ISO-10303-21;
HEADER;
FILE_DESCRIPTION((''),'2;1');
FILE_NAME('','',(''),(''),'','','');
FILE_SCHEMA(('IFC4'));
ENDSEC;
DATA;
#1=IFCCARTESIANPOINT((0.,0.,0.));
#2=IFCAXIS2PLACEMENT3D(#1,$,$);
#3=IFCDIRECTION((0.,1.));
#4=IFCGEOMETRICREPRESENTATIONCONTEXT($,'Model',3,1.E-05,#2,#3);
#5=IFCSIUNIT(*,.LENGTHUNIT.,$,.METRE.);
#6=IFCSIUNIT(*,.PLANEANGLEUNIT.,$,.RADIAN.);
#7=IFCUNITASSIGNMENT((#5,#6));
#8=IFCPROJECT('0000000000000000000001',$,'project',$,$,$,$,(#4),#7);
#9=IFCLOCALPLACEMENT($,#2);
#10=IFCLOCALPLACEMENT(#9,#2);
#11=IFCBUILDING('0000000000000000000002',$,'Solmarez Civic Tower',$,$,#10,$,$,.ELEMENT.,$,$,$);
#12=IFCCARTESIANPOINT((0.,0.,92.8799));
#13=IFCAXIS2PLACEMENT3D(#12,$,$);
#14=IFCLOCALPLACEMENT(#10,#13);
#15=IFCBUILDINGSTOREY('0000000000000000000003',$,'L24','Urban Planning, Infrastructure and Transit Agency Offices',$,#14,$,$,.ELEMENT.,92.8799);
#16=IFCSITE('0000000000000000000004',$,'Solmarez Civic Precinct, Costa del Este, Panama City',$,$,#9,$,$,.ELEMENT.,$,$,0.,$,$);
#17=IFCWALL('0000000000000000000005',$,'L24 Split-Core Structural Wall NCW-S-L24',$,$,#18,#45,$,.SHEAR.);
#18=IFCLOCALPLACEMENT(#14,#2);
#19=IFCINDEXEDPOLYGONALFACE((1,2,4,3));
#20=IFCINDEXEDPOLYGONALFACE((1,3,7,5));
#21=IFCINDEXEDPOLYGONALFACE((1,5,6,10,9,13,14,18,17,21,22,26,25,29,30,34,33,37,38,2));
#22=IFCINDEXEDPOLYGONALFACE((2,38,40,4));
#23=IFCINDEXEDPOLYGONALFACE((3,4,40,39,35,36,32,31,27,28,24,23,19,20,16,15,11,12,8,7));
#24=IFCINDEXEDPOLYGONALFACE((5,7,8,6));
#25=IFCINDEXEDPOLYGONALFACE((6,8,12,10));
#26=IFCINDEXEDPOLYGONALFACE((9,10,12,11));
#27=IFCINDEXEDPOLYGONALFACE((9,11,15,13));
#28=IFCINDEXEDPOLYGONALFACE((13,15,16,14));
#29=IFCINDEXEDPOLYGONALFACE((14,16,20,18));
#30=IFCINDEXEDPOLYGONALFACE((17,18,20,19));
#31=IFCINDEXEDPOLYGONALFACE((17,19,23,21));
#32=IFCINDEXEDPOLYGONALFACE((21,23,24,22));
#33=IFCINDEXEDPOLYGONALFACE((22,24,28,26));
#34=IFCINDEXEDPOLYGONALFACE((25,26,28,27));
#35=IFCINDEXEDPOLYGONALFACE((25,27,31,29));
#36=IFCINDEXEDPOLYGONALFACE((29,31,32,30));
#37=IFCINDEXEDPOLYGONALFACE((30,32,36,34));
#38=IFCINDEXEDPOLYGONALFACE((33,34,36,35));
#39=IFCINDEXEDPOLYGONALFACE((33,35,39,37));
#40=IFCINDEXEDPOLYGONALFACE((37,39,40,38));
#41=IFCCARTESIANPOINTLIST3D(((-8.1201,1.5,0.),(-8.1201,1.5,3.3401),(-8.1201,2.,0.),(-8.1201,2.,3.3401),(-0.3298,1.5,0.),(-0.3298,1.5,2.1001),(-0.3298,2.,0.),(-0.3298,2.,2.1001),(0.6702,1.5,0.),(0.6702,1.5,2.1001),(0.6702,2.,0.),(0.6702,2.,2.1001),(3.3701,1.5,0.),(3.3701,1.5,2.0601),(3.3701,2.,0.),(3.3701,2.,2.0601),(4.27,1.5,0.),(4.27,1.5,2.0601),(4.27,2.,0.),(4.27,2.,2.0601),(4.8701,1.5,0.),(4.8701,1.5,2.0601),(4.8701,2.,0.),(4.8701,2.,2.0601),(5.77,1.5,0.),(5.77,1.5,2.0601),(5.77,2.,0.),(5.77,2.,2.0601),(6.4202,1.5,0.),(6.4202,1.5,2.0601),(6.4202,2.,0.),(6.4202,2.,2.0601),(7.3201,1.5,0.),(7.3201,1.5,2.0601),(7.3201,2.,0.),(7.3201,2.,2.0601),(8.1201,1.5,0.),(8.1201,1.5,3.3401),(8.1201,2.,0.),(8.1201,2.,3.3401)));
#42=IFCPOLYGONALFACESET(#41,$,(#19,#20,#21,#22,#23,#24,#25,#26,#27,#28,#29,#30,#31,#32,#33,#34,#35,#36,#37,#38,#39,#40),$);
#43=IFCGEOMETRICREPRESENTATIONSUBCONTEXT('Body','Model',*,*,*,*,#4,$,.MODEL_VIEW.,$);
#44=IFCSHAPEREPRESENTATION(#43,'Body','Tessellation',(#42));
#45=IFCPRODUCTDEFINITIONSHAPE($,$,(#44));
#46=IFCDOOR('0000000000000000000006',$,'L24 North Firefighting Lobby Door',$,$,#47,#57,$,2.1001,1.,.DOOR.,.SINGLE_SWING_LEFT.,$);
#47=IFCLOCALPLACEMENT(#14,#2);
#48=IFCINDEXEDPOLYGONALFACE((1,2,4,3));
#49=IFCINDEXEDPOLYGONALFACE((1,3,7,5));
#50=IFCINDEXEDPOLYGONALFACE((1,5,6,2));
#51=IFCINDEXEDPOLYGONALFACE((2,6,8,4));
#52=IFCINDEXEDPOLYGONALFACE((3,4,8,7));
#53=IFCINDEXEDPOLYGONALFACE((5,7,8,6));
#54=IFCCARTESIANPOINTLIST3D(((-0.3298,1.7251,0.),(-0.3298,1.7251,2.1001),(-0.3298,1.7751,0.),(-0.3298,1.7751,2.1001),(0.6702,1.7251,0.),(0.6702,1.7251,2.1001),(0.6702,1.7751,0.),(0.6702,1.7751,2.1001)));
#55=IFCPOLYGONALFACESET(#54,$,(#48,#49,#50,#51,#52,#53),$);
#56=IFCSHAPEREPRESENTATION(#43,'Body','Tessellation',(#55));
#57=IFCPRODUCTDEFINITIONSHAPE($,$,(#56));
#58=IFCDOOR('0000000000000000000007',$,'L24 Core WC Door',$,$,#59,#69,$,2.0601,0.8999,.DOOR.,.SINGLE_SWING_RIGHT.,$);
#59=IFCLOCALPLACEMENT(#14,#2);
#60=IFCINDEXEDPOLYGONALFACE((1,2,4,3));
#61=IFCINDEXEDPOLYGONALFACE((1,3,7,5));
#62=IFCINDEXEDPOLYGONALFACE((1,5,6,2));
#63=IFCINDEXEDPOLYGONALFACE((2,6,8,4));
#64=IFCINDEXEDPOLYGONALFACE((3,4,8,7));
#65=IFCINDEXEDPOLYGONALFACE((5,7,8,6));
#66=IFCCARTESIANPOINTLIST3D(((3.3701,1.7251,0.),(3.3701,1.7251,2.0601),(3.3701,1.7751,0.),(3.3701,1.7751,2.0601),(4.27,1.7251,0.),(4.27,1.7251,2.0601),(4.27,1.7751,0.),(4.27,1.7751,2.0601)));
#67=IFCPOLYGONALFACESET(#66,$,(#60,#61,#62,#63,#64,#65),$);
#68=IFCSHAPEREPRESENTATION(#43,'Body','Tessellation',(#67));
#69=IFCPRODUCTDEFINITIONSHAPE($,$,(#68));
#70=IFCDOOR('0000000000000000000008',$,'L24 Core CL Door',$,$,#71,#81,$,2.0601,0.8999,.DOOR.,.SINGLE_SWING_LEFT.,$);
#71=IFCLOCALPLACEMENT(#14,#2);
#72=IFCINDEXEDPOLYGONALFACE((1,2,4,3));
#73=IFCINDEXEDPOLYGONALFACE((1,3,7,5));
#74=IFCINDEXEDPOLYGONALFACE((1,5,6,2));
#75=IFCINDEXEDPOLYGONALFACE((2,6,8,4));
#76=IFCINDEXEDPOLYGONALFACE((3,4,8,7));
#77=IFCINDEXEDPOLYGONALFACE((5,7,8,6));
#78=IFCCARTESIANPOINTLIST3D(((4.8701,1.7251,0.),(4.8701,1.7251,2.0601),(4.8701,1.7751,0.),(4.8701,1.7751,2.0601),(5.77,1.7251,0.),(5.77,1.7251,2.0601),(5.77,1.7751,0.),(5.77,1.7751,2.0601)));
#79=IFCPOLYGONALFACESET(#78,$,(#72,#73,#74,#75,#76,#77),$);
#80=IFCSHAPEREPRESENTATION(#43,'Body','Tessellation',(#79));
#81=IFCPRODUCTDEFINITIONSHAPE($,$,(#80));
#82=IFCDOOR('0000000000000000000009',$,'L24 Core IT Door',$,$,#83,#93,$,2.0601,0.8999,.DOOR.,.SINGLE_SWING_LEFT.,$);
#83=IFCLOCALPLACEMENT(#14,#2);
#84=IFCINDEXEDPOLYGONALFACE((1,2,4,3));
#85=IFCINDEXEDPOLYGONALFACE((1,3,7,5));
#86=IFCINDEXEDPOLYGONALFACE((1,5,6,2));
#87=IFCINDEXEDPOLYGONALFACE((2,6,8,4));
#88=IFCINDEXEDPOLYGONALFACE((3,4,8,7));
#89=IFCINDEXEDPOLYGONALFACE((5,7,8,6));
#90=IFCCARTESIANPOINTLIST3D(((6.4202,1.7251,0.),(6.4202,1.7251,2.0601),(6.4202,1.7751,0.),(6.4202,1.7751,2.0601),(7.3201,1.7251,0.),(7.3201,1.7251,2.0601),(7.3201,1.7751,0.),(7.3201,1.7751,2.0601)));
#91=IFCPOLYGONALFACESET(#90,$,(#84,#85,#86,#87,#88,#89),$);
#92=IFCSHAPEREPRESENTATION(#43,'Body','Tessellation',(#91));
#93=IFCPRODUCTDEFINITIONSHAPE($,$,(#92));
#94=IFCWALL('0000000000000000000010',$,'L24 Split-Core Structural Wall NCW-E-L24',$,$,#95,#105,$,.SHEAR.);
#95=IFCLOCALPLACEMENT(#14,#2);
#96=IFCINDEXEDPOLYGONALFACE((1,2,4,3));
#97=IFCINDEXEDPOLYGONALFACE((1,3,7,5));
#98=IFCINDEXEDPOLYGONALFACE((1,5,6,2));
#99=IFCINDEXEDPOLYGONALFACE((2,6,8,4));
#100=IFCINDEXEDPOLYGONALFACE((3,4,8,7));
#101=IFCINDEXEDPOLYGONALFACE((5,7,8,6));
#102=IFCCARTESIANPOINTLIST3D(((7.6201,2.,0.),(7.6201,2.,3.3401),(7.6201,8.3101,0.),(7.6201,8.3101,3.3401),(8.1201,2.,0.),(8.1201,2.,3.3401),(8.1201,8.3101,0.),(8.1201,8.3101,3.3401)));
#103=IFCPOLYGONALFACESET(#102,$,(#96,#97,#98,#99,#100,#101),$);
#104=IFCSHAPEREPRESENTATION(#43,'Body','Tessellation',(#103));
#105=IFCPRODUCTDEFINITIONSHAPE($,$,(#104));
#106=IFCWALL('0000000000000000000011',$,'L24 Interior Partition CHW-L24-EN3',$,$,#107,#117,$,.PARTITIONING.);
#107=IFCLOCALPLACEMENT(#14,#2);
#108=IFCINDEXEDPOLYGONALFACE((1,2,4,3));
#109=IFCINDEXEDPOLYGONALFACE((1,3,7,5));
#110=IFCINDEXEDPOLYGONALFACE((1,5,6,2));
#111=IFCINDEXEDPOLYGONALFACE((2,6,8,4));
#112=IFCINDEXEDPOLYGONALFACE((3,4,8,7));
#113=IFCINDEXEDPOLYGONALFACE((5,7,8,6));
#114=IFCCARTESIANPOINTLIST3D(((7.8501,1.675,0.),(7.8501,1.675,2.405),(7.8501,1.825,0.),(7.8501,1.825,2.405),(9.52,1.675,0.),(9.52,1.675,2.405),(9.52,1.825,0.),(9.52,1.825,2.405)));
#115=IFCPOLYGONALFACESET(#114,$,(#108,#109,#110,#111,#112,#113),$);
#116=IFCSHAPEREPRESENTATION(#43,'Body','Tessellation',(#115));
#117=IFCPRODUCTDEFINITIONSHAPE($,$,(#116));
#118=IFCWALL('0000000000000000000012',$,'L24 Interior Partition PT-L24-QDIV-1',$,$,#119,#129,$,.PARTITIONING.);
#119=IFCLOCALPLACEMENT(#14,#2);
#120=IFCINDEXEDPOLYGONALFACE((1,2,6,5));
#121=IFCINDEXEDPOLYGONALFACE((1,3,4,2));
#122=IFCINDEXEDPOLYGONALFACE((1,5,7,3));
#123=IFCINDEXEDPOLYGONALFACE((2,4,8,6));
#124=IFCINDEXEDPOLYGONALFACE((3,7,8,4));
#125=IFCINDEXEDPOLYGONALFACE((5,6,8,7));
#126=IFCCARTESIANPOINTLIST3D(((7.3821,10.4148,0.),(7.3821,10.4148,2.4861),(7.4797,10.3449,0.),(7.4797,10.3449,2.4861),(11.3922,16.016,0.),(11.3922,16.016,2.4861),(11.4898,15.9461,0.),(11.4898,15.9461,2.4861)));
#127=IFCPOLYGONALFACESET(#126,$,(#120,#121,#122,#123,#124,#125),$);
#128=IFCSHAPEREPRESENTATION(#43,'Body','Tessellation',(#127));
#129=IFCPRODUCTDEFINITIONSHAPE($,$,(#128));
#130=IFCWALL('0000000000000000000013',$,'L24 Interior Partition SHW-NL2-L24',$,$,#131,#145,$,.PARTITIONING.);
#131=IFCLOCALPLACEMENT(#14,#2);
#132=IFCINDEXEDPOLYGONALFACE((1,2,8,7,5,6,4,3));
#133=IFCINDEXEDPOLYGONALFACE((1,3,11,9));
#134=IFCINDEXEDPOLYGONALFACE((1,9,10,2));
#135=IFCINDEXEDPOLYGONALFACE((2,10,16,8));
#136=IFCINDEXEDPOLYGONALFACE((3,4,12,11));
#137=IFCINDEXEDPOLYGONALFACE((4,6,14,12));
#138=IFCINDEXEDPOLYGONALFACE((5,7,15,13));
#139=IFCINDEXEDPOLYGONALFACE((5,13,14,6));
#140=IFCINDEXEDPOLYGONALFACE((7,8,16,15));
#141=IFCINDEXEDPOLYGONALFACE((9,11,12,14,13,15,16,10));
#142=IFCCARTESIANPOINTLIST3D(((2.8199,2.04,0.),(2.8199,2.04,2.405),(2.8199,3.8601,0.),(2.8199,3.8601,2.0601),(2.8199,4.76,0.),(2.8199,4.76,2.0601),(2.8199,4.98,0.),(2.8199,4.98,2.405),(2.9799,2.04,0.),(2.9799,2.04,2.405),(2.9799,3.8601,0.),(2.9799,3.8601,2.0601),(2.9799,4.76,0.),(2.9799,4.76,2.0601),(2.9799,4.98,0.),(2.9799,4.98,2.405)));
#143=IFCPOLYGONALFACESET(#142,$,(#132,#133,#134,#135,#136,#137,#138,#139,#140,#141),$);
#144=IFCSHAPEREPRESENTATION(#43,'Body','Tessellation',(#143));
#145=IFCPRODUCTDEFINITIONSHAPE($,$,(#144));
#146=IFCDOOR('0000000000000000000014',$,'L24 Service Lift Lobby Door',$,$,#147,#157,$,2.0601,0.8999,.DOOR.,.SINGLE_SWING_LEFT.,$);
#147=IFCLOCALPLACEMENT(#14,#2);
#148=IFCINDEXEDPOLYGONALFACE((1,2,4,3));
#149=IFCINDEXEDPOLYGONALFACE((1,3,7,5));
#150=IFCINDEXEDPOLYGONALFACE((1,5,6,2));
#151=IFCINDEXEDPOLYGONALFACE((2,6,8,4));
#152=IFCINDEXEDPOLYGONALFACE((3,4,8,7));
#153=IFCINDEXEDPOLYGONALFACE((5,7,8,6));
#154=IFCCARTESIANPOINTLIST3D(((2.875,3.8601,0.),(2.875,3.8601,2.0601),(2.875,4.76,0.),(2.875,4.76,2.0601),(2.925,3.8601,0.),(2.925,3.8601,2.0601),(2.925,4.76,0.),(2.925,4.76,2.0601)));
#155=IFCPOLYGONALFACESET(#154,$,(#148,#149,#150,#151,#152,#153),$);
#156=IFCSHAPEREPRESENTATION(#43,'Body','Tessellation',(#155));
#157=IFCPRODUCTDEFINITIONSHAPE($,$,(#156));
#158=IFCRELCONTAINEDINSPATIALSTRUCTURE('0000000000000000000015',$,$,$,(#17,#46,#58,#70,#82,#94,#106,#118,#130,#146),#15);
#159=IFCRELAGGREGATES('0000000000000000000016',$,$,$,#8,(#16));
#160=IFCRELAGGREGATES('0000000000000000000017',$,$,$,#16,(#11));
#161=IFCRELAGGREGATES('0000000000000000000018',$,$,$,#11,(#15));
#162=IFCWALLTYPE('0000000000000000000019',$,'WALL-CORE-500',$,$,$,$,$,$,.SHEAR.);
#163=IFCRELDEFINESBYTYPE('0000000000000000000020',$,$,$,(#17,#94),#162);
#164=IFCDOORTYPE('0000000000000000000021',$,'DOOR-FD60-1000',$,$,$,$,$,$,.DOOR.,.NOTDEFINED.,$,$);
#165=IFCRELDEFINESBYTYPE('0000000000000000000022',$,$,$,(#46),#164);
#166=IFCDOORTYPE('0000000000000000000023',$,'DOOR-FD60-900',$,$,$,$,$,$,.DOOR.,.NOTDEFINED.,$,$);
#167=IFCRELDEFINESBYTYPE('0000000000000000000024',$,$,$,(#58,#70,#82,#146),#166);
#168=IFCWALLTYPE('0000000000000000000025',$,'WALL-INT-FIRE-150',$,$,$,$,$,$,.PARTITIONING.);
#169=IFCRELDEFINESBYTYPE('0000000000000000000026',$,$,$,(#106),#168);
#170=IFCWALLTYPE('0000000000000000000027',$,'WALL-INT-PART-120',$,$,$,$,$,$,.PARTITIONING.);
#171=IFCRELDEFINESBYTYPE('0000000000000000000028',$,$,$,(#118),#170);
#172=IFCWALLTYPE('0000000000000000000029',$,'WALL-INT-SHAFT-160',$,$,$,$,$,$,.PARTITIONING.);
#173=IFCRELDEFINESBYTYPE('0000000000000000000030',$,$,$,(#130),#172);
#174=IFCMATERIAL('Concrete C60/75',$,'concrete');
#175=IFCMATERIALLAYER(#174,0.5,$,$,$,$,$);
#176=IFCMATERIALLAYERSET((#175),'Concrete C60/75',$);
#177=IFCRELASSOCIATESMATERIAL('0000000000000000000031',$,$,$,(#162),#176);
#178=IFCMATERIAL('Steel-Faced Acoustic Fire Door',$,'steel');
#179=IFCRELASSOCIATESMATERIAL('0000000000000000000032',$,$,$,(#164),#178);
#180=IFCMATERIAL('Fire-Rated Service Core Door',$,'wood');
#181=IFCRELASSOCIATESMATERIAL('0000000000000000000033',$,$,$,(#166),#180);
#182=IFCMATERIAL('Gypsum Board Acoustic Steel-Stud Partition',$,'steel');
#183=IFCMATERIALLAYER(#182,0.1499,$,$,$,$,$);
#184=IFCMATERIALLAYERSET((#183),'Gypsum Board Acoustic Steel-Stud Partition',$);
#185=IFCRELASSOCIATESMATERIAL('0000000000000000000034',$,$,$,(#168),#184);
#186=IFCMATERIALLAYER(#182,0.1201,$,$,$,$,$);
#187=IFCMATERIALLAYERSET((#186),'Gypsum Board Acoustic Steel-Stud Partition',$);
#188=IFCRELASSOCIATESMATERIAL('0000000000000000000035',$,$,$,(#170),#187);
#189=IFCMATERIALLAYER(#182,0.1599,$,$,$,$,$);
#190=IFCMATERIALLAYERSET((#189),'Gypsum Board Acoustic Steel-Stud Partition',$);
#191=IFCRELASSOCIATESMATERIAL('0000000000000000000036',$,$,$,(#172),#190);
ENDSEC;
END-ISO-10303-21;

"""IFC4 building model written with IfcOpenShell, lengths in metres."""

from ifc_helpers import new_model, si_unit, direction, frame, frame_2d, origin, place, context, subcontext, project, spatial, rectangle, extrude, material, layer, layer_set, type_object, element, fill, save


model = new_model("IFC4")

# Units and contexts
model_context = context("Model", 3, precision=1e-05, world=origin(), true_north=direction((0.0, 1.0)))
body_context = subcontext(model_context, "Body", "Model", "MODEL_VIEW")
ifc_project = project(units=[si_unit("LENGTHUNIT", "METRE"), si_unit("PLANEANGLEUNIT", "RADIAN")], contexts=[model_context])

# Site, building, storey
site_placement = place(None, origin())
site = spatial("IfcSite", under=ifc_project, at=site_placement, Name="Solmarez Civic Precinct, Costa del Este, Panama City", CompositionType="ELEMENT", RefElevation=0.0)
building_placement = place(site_placement, origin())
building = spatial("IfcBuilding", under=site, at=building_placement, Name="Solmarez Civic Tower", CompositionType="ELEMENT")
storey_placement = place(building_placement, frame((0.0, 0.0, 92.8799)))
storey = spatial("IfcBuildingStorey", under=building, at=storey_placement, Name="L24", Description="Urban Planning, Infrastructure and Transit Agency Offices", CompositionType="ELEMENT", Elevation=92.8799)

# Shared definitions
ifc_material_1 = material(Name="Concrete C60/75", Category="concrete")

# Wall, openings, doors
ifc_layer_1 = layer(ifc_material_1, 0.5)
ifc_layer_set_1 = layer_set([ifc_layer_1], Name="Concrete C60/75")
wall_type_1 = type_object("IfcWallType", Name="WALL-CORE-500", PredefinedType="SHEAR", material=ifc_layer_set_1)
wall_1_placement = place(storey_placement, frame((8.1201, 1.75, 0.0), z_axis=(0.0, 0.0, 1.0), x_axis=(-1.0, 0.0, 0.0)))
wall_1 = element("IfcWall", 1, at=wall_1_placement, inside=storey, type_object=wall_type_1, Name="L24 Split-Core Structural Wall NCW-S-L24", PredefinedType="SHEAR", context=body_context, shape_type="SweptSolid", body=[
    extrude(rectangle(XDim=16.2402, YDim=0.5, at=frame_2d((8.1201, 0.0))), origin(), (0.0, 0.0, 1.0), 3.3401),
])
opening_1_placement = place(wall_1_placement, frame((7.45, 0.0, 0.0)))
opening_1 = element("IfcOpeningElement", 2, at=opening_1_placement, cuts=wall_1, PredefinedType="OPENING", context=body_context, shape_type="SweptSolid", body=[
    extrude(rectangle(XDim=1.0, YDim=2.1001, at=frame_2d((0.5, 1.05))), frame((0.0, 0.26, 0.0), z_axis=(0.0, -1.0, 0.0), x_axis=(1.0, 0.0, 0.0)), (0.0, 0.0, 1.0), 0.52),
])
opening_2_placement = place(wall_1_placement, frame((3.8501, 0.0, 0.0)))
opening_2 = element("IfcOpeningElement", 3, at=opening_2_placement, cuts=wall_1, PredefinedType="OPENING", context=body_context, shape_type="SweptSolid", body=[
    extrude(rectangle(XDim=0.8999, YDim=2.0601, at=frame_2d((0.45, 1.03))), frame((0.0, 0.26, 0.0), z_axis=(0.0, -1.0, 0.0), x_axis=(1.0, 0.0, 0.0)), (0.0, 0.0, 1.0), 0.52),
])
opening_3_placement = place(wall_1_placement, frame((2.3501, 0.0, 0.0)))
opening_3 = element("IfcOpeningElement", 4, at=opening_3_placement, cuts=wall_1, PredefinedType="OPENING", context=body_context, shape_type="SweptSolid", body=[
    extrude(rectangle(XDim=0.8999, YDim=2.0601, at=frame_2d((0.45, 1.03))), frame((0.0, 0.26, 0.0), z_axis=(0.0, -1.0, 0.0), x_axis=(1.0, 0.0, 0.0)), (0.0, 0.0, 1.0), 0.52),
])
opening_4_placement = place(wall_1_placement, frame((0.8, 0.0, 0.0)))
opening_4 = element("IfcOpeningElement", 5, at=opening_4_placement, cuts=wall_1, PredefinedType="OPENING", context=body_context, shape_type="SweptSolid", body=[
    extrude(rectangle(XDim=0.8999, YDim=2.0601, at=frame_2d((0.45, 1.03))), frame((0.0, 0.26, 0.0), z_axis=(0.0, -1.0, 0.0), x_axis=(1.0, 0.0, 0.0)), (0.0, 0.0, 1.0), 0.52),
])
ifc_material_2 = material(Name="Steel-Faced Acoustic Fire Door", Category="steel")
door_type_1 = type_object("IfcDoorType", Name="DOOR-FD60-1000", OperationType="NOTDEFINED", PredefinedType="DOOR", material=ifc_material_2)
door_1_placement = place(opening_1_placement, origin())
door_1 = element("IfcDoor", 6, at=door_1_placement, inside=storey, type_object=door_type_1, Name="L24 North Firefighting Lobby Door", OperationType="SINGLE_SWING_LEFT", OverallHeight=2.1001, OverallWidth=1.0, PredefinedType="DOOR", context=body_context, shape_type="SweptSolid", body=[
    extrude(rectangle(XDim=1.0, YDim=2.1001, at=frame_2d((0.5, 1.05))), frame((0.0, 0.0249, 0.0), z_axis=(0.0, -1.0, 0.0), x_axis=(1.0, 0.0, 0.0)), (0.0, 0.0, 1.0), 0.05),
])
fill(opening_1, door_1)
ifc_material_3 = material(Name="Fire-Rated Service Core Door", Category="wood")
door_type_2 = type_object("IfcDoorType", Name="DOOR-FD60-900", OperationType="NOTDEFINED", PredefinedType="DOOR", material=ifc_material_3)
door_2_placement = place(opening_2_placement, origin())
door_2 = element("IfcDoor", 7, at=door_2_placement, inside=storey, type_object=door_type_2, Name="L24 Core WC Door", OperationType="SINGLE_SWING_RIGHT", OverallHeight=2.0601, OverallWidth=0.8999, PredefinedType="DOOR", context=body_context, shape_type="SweptSolid", body=[
    extrude(rectangle(XDim=0.8999, YDim=2.0601, at=frame_2d((0.45, 1.03))), frame((0.0, 0.0249, 0.0), z_axis=(0.0, -1.0, 0.0), x_axis=(1.0, 0.0, 0.0)), (0.0, 0.0, 1.0), 0.05),
])
fill(opening_2, door_2)
door_3_placement = place(opening_3_placement, origin())
door_3 = element("IfcDoor", 8, at=door_3_placement, inside=storey, type_object=door_type_2, Name="L24 Core CL Door", OperationType="SINGLE_SWING_LEFT", OverallHeight=2.0601, OverallWidth=0.8999, PredefinedType="DOOR", context=body_context, shape_type="SweptSolid", body=[
    extrude(rectangle(XDim=0.8999, YDim=2.0601, at=frame_2d((0.45, 1.03))), frame((0.0, 0.0249, 0.0), z_axis=(0.0, -1.0, 0.0), x_axis=(1.0, 0.0, 0.0)), (0.0, 0.0, 1.0), 0.05),
])
fill(opening_3, door_3)
door_4_placement = place(opening_4_placement, origin())
door_4 = element("IfcDoor", 9, at=door_4_placement, inside=storey, type_object=door_type_2, Name="L24 Core IT Door", OperationType="SINGLE_SWING_LEFT", OverallHeight=2.0601, OverallWidth=0.8999, PredefinedType="DOOR", context=body_context, shape_type="SweptSolid", body=[
    extrude(rectangle(XDim=0.8999, YDim=2.0601, at=frame_2d((0.45, 1.03))), frame((0.0, 0.0249, 0.0), z_axis=(0.0, -1.0, 0.0), x_axis=(1.0, 0.0, 0.0)), (0.0, 0.0, 1.0), 0.05),
])
fill(opening_4, door_4)

# Walls
wall_2_placement = place(storey_placement, frame((7.8701, 8.3101, 0.0), z_axis=(0.0, 0.0, 1.0), x_axis=(0.0, -1.0, 0.0)))
element("IfcWall", 10, at=wall_2_placement, inside=storey, type_object=wall_type_1, Name="L24 Split-Core Structural Wall NCW-E-L24", PredefinedType="SHEAR", context=body_context, shape_type="SweptSolid", body=[
    extrude(rectangle(XDim=6.3101, YDim=0.5, at=frame_2d((3.155, 0.0))), origin(), (0.0, 0.0, 1.0), 3.3401),
])
ifc_material_4 = material(Name="Gypsum Board Acoustic Steel-Stud Partition", Category="steel")
ifc_layer_2 = layer(ifc_material_4, 0.1499)
ifc_layer_set_2 = layer_set([ifc_layer_2], Name="Gypsum Board Acoustic Steel-Stud Partition")
wall_type_2 = type_object("IfcWallType", Name="WALL-INT-FIRE-150", PredefinedType="PARTITIONING", material=ifc_layer_set_2)
wall_3_placement = place(storey_placement, frame((7.8501, 1.75, 0.0), z_axis=(0.0, 0.0, 1.0), x_axis=(1.0, 0.0, 0.0)))
element("IfcWall", 11, at=wall_3_placement, inside=storey, type_object=wall_type_2, Name="L24 Interior Partition CHW-L24-EN3", PredefinedType="PARTITIONING", context=body_context, shape_type="SweptSolid", body=[
    extrude(rectangle(XDim=1.6699, YDim=0.1499, at=frame_2d((0.835, 0.0))), origin(), (0.0, 0.0, 1.0), 2.405),
])
ifc_layer_3 = layer(ifc_material_4, 0.1201)
ifc_layer_set_3 = layer_set([ifc_layer_3], Name="Gypsum Board Acoustic Steel-Stud Partition")
wall_type_3 = type_object("IfcWallType", Name="WALL-INT-PART-120", PredefinedType="PARTITIONING", material=ifc_layer_set_3)
wall_4_placement = place(storey_placement, frame((7.4309, 10.3799, 0.0), z_axis=(0.0, 0.0, 1.0), x_axis=(0.582126, 0.813098, 0.0)))
element("IfcWall", 12, at=wall_4_placement, inside=storey, type_object=wall_type_3, Name="L24 Interior Partition PT-L24-QDIV-1", PredefinedType="PARTITIONING", context=body_context, shape_type="SweptSolid", body=[
    extrude(rectangle(XDim=6.8887, YDim=0.1201, at=frame_2d((3.4443, 0.0))), origin(), (0.0, 0.0, 1.0), 2.4861),
])

# Wall, opening, door
ifc_layer_4 = layer(ifc_material_4, 0.1599)
ifc_layer_set_4 = layer_set([ifc_layer_4], Name="Gypsum Board Acoustic Steel-Stud Partition")
wall_type_4 = type_object("IfcWallType", Name="WALL-INT-SHAFT-160", PredefinedType="PARTITIONING", material=ifc_layer_set_4)
wall_5_placement = place(storey_placement, frame((2.8999, 2.04, 0.0), z_axis=(0.0, 0.0, 1.0), x_axis=(0.0, 1.0, 0.0)))
wall_5 = element("IfcWall", 13, at=wall_5_placement, inside=storey, type_object=wall_type_4, Name="L24 Interior Partition SHW-NL2-L24", PredefinedType="PARTITIONING", context=body_context, shape_type="SweptSolid", body=[
    extrude(rectangle(XDim=2.9399, YDim=0.1599, at=frame_2d((1.47, 0.0))), origin(), (0.0, 0.0, 1.0), 2.405),
])
opening_5_placement = place(wall_5_placement, frame((1.8201, 0.0, 0.0)))
opening_5 = element("IfcOpeningElement", 14, at=opening_5_placement, cuts=wall_5, PredefinedType="OPENING", context=body_context, shape_type="SweptSolid", body=[
    extrude(rectangle(XDim=0.8999, YDim=2.0601, at=frame_2d((0.45, 1.03))), frame((0.0, 0.0898, 0.0), z_axis=(0.0, -1.0, 0.0), x_axis=(1.0, 0.0, 0.0)), (0.0, 0.0, 1.0), 0.1799),
])
door_5_placement = place(opening_5_placement, origin())
door_5 = element("IfcDoor", 15, at=door_5_placement, inside=storey, type_object=door_type_2, Name="L24 Service Lift Lobby Door", OperationType="SINGLE_SWING_LEFT", OverallHeight=2.0601, OverallWidth=0.8999, PredefinedType="DOOR", context=body_context, shape_type="SweptSolid", body=[
    extrude(rectangle(XDim=0.8999, YDim=2.0601, at=frame_2d((0.45, 1.03))), frame((0.0, 0.0249, 0.0), z_axis=(0.0, -1.0, 0.0), x_axis=(1.0, 0.0, 0.0)), (0.0, 0.0, 1.0), 0.05),
])
fill(opening_5, door_5)

save(model, "model.ifc")
